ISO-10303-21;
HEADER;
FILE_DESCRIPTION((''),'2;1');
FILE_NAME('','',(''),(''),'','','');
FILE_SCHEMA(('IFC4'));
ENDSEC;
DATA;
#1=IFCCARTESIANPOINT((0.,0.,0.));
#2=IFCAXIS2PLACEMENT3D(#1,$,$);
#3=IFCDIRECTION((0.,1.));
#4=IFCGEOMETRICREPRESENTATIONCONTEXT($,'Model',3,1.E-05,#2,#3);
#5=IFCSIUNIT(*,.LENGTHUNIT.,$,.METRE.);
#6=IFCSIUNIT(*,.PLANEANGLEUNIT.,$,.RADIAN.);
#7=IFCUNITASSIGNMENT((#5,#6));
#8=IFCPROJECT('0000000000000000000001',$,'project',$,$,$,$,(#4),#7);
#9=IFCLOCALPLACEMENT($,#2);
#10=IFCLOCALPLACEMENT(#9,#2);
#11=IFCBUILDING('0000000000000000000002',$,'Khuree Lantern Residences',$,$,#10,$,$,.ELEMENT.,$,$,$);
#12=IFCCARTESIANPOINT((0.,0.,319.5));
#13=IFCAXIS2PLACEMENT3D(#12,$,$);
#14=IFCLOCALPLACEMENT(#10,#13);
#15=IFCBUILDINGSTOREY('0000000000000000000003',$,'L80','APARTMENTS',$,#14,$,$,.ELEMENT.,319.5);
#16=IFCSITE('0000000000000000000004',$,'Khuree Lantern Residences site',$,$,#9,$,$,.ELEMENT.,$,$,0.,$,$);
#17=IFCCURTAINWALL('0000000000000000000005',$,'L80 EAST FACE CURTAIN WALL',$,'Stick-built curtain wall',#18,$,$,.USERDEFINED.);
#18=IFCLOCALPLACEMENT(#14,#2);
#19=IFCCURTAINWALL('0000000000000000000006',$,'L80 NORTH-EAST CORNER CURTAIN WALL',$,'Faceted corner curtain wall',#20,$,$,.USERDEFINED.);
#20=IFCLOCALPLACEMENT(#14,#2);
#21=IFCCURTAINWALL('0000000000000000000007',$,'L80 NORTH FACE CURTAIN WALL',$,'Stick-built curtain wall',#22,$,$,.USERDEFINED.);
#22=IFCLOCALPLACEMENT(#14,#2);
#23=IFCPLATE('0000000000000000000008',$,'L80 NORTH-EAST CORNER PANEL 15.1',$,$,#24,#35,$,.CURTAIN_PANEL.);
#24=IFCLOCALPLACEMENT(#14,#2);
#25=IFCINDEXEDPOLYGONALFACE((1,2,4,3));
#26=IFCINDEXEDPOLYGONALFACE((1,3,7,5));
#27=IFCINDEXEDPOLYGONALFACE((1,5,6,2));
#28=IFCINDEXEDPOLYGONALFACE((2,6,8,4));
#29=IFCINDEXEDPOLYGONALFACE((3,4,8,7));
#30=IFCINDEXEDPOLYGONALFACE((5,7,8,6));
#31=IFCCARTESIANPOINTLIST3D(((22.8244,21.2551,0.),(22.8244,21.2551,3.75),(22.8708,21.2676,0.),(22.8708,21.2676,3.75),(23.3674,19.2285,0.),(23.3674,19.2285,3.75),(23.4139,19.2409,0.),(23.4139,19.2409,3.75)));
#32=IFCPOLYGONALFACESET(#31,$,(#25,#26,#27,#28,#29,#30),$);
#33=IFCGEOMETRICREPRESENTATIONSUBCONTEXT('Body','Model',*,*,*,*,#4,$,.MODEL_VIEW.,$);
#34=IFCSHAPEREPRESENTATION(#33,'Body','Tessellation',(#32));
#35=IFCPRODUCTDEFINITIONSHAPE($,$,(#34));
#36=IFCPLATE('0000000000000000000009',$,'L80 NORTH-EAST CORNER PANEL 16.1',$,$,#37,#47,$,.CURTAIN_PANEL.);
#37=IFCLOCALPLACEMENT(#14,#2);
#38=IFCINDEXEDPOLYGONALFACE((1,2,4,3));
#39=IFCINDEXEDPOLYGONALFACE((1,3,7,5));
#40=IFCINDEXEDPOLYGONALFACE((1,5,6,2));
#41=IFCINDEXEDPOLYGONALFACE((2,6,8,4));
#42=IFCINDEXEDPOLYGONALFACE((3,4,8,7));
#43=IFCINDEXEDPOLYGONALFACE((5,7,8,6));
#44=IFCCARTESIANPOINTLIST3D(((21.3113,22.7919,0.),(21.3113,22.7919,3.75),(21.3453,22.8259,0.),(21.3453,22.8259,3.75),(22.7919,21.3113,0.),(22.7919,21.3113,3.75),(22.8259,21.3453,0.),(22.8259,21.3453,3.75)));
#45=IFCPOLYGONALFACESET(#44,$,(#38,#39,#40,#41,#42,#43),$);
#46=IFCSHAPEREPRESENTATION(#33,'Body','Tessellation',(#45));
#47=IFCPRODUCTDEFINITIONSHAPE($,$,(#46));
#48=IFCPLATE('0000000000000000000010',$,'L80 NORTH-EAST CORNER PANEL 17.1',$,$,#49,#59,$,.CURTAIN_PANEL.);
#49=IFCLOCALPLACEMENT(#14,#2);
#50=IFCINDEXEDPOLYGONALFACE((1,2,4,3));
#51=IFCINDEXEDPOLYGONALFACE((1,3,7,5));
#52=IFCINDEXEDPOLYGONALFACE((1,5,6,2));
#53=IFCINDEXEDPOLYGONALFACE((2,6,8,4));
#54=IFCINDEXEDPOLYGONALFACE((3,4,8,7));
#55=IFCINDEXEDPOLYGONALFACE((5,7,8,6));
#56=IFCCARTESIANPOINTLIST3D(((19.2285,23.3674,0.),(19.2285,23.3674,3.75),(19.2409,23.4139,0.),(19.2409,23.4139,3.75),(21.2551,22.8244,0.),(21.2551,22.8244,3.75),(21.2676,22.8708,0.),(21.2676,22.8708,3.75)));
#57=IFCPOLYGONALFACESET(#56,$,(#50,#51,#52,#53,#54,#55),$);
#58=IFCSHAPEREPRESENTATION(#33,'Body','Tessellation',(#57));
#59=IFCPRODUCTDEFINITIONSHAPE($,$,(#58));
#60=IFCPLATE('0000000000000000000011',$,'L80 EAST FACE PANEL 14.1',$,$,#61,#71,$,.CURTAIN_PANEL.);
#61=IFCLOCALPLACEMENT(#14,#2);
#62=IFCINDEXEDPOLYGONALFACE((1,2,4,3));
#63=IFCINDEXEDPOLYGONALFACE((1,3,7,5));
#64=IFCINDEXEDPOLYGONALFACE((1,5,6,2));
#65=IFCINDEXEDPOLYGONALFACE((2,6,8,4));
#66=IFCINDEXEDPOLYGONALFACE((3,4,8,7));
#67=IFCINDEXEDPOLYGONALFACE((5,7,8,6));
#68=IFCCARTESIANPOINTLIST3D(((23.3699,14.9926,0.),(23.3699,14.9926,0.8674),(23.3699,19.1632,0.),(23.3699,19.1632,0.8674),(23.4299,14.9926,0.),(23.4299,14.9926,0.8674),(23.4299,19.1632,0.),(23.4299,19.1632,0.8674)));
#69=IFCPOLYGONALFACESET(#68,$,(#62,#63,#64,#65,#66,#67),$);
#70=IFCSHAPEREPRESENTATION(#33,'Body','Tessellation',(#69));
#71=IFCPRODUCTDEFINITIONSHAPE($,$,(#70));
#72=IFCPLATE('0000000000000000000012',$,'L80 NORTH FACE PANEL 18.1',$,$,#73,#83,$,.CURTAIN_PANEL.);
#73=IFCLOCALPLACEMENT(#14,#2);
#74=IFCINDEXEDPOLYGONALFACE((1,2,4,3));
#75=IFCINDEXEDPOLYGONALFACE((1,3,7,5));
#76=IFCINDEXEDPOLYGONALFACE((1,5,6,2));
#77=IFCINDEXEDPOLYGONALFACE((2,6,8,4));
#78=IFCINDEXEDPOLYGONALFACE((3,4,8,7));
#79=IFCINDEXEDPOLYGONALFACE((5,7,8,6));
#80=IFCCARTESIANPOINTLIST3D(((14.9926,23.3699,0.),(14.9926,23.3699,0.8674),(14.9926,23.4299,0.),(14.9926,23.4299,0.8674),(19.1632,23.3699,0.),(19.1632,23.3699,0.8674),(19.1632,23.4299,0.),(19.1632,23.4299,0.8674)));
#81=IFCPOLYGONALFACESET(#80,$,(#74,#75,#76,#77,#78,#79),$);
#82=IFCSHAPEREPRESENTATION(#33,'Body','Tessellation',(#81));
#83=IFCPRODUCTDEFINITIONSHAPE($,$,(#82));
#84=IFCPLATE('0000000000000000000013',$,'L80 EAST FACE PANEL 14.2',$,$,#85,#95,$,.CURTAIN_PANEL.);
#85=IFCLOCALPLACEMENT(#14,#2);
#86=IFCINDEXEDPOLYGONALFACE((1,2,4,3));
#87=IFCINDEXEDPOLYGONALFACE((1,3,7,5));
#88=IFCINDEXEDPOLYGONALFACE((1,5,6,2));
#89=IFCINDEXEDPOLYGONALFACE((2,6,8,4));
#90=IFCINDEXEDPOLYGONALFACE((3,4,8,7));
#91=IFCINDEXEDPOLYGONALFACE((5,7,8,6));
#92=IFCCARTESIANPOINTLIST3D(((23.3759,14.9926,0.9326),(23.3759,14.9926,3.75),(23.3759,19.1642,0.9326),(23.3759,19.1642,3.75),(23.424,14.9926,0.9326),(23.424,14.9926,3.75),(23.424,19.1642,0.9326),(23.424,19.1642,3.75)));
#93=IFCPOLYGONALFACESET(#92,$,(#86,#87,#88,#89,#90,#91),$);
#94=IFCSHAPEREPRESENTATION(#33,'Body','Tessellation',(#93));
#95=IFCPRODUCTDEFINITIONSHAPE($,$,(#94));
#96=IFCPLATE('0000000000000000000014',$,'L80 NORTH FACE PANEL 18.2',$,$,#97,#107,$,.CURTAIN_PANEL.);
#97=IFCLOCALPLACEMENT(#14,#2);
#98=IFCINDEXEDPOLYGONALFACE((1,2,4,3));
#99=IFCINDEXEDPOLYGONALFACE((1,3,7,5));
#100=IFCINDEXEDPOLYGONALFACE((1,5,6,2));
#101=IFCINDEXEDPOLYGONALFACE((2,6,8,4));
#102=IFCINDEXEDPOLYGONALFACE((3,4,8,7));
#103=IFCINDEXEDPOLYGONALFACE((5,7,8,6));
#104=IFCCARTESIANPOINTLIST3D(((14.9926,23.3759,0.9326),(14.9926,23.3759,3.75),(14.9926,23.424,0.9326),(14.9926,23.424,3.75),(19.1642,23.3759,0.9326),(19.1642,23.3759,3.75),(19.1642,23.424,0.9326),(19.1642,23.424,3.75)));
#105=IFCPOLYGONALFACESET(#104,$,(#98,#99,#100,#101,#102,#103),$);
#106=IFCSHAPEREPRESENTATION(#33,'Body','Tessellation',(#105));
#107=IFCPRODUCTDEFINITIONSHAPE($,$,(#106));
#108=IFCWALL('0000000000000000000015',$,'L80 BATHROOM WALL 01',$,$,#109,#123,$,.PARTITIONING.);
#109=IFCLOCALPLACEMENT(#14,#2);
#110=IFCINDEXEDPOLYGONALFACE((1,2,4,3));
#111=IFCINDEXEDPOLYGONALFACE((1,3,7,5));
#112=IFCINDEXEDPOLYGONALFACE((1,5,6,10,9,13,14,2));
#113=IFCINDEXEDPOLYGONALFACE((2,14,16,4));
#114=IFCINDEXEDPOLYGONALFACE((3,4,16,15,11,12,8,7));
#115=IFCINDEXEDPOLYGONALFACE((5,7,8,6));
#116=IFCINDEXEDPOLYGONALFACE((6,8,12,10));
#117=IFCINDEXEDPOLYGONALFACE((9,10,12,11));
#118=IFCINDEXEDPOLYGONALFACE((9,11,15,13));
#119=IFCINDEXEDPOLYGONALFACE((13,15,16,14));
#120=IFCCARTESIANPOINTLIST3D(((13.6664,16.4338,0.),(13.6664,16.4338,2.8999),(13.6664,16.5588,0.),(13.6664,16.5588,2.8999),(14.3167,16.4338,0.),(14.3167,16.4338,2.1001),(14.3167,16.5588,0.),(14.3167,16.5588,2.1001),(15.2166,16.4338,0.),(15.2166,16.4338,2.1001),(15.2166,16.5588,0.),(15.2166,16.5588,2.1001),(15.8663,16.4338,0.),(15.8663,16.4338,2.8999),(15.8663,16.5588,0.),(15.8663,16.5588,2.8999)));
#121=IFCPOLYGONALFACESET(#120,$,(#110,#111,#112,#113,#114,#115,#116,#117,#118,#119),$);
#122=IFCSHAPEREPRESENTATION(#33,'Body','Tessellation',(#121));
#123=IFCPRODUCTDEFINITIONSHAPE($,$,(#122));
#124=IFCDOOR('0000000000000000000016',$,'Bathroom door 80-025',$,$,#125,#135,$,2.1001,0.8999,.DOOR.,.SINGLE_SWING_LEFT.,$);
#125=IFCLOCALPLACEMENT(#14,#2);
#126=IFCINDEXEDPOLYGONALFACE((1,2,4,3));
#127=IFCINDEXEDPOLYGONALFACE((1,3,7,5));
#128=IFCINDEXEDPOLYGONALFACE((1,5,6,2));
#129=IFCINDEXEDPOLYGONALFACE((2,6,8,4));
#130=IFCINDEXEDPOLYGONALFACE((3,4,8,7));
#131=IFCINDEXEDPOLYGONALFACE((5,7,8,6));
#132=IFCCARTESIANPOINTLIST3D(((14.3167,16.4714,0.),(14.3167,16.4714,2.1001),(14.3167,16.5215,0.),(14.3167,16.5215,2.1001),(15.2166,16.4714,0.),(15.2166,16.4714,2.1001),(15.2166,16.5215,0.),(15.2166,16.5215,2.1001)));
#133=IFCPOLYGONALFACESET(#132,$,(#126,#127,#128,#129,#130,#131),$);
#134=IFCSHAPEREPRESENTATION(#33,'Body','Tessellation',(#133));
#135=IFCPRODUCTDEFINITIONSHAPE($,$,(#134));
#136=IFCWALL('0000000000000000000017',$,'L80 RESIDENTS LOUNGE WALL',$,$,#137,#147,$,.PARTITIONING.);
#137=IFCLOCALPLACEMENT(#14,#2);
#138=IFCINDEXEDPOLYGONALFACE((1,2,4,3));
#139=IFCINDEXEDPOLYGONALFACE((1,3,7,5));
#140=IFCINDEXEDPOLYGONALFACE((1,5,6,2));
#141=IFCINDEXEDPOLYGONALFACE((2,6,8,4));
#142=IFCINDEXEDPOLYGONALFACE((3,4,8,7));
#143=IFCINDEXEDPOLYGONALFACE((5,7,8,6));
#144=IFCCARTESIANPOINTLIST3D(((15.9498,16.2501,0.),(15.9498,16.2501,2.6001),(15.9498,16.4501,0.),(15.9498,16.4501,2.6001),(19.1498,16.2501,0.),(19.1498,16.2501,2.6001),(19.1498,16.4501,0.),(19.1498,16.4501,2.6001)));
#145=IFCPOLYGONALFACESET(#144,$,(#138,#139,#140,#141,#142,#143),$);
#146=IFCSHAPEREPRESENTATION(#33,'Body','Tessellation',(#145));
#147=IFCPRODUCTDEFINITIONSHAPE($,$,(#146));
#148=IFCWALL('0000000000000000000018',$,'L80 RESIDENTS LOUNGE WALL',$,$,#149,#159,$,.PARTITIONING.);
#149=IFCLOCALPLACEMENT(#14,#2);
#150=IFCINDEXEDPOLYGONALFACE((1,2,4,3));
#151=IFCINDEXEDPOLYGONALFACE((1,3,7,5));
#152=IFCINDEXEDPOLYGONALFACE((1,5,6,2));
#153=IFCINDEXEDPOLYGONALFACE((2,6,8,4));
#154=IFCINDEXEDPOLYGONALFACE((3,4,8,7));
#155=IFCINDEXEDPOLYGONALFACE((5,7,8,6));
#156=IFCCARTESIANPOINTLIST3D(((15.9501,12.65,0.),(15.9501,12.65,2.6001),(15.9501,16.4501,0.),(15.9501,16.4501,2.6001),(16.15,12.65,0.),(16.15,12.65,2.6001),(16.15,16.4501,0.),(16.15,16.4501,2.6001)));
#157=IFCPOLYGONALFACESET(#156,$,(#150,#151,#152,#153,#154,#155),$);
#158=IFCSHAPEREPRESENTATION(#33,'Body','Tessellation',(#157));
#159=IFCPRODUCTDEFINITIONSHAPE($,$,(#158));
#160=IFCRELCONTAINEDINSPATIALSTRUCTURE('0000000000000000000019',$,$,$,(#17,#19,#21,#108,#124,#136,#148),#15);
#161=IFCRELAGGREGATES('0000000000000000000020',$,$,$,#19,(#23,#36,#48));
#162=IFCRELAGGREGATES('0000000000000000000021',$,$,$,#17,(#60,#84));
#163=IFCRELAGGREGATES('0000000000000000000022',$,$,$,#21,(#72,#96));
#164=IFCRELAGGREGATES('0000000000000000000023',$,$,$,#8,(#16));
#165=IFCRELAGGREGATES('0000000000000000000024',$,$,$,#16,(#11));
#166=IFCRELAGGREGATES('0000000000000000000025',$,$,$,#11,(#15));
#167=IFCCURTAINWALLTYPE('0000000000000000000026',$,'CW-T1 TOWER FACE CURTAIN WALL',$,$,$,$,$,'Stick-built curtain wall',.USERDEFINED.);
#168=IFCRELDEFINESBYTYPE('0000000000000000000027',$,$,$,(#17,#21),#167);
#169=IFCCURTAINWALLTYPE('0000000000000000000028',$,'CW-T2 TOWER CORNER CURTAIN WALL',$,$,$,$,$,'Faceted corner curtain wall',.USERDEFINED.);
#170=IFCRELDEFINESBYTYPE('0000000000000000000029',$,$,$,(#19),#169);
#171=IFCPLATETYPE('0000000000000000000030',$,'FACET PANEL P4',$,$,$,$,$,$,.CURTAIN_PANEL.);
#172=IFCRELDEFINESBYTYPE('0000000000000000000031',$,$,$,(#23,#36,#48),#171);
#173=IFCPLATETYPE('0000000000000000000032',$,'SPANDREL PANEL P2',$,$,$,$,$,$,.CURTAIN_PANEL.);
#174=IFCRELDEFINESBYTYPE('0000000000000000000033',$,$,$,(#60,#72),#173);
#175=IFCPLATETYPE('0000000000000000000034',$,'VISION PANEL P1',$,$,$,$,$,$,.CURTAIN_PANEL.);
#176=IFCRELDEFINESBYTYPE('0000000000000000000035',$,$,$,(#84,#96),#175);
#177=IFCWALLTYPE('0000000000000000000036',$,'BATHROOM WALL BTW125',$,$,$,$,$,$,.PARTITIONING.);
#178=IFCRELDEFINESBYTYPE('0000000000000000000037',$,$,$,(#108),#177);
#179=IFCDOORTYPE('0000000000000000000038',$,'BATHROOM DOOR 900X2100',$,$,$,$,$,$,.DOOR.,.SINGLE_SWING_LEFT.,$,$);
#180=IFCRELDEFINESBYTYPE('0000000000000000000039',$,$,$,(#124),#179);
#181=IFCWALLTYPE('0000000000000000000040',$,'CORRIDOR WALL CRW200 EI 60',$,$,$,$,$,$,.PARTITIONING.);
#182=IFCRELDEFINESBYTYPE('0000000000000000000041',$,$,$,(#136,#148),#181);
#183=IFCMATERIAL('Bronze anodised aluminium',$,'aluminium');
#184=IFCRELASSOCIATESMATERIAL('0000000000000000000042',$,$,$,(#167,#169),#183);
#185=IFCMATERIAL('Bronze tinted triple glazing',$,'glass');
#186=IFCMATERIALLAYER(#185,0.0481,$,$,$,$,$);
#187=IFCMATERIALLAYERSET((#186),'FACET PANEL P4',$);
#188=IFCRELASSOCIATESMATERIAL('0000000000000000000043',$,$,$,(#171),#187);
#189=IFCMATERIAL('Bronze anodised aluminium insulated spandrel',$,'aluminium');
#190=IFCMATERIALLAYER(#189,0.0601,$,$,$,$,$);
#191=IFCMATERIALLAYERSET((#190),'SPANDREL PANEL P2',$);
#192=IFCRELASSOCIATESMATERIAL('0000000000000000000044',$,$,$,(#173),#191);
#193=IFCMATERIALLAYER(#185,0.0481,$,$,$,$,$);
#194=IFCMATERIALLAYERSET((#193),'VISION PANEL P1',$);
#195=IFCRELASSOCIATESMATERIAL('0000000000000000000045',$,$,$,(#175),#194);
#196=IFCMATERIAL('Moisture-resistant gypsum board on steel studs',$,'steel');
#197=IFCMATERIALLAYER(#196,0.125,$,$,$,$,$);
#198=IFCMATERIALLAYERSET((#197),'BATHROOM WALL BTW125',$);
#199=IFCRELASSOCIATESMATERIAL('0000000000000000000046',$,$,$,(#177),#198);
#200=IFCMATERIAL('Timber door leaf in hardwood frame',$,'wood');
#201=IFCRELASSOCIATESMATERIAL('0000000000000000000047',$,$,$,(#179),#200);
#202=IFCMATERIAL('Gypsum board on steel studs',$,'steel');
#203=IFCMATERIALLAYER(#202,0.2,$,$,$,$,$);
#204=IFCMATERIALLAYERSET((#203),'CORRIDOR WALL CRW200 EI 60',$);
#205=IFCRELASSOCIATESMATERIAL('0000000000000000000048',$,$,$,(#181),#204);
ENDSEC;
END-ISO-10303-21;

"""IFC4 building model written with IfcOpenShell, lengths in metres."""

from ifc_helpers import new_model, si_unit, direction, frame, frame_2d, origin, origin_2d, place, context, subcontext, project, spatial, rectangle, extrude, material, layer, layer_set, type_object, element, fill, aggregate, save


model = new_model("IFC4")

# Units and contexts
model_context = context("Model", 3, precision=1e-05, world=origin(), true_north=direction((0.0, 1.0)))
body_context = subcontext(model_context, "Body", "Model", "MODEL_VIEW")
ifc_project = project(units=[si_unit("LENGTHUNIT", "METRE"), si_unit("PLANEANGLEUNIT", "RADIAN")], contexts=[model_context])

# Site, building, storey
site_placement = place(None, origin())
site = spatial("IfcSite", under=ifc_project, at=site_placement, Name="Khuree Lantern Residences site", CompositionType="ELEMENT", RefElevation=0.0)
building_placement = place(site_placement, origin())
building = spatial("IfcBuilding", under=site, at=building_placement, Name="Khuree Lantern Residences", CompositionType="ELEMENT")
storey_placement = place(building_placement, frame((0.0, 0.0, 319.5)))
storey = spatial("IfcBuildingStorey", under=building, at=storey_placement, Name="L80", Description="APARTMENTS", CompositionType="ELEMENT", Elevation=319.5)

# Curtain walls
ifc_material_1 = material(Name="Bronze anodised aluminium", Category="aluminium")
curtain_wall_type_1 = type_object("IfcCurtainWallType", Name="CW-T1 TOWER FACE CURTAIN WALL", ElementType="Stick-built curtain wall", PredefinedType="USERDEFINED", material=ifc_material_1)
curtain_wall_1_placement = place(storey_placement, origin())
curtain_wall_1 = element("IfcCurtainWall", 1, at=curtain_wall_1_placement, inside=storey, type_object=curtain_wall_type_1, Name="L80 EAST FACE CURTAIN WALL", ObjectType="Stick-built curtain wall", PredefinedType="USERDEFINED")
curtain_wall_type_2 = type_object("IfcCurtainWallType", Name="CW-T2 TOWER CORNER CURTAIN WALL", ElementType="Faceted corner curtain wall", PredefinedType="USERDEFINED", material=ifc_material_1)
curtain_wall_2_placement = place(storey_placement, origin())
curtain_wall_2 = element("IfcCurtainWall", 2, at=curtain_wall_2_placement, inside=storey, type_object=curtain_wall_type_2, Name="L80 NORTH-EAST CORNER CURTAIN WALL", ObjectType="Faceted corner curtain wall", PredefinedType="USERDEFINED")

# Curtain wall
curtain_wall_3_placement = place(storey_placement, origin())
curtain_wall_3 = element("IfcCurtainWall", 3, at=curtain_wall_3_placement, inside=storey, type_object=curtain_wall_type_1, Name="L80 NORTH FACE CURTAIN WALL", ObjectType="Stick-built curtain wall", PredefinedType="USERDEFINED")

# Plates
ifc_material_2 = material(Name="Bronze tinted triple glazing", Category="glass")
ifc_layer_1 = layer(ifc_material_2, 0.0481)
ifc_layer_set_1 = layer_set([ifc_layer_1], Name="FACET PANEL P4")
plate_type_1 = type_object("IfcPlateType", Name="FACET PANEL P4", PredefinedType="CURTAIN_PANEL", material=ifc_layer_set_1)
plate_1_placement = place(storey_placement, frame((23.1191, 20.248, 0.0), z_axis=(0.0, 0.0, 1.0), x_axis=(-0.258819, 0.965926, 0.0)))
plate_1 = element("IfcPlate", 4, at=plate_1_placement, type_object=plate_type_1, Name="L80 NORTH-EAST CORNER PANEL 15.1", PredefinedType="CURTAIN_PANEL", context=body_context, shape_type="SweptSolid", body=[
    extrude(rectangle(XDim=2.0981, YDim=0.0481, at=origin_2d()), origin(), (0.0, 0.0, 1.0), 3.75),
])
plate_2_placement = place(storey_placement, frame((22.0686, 22.0686, 0.0), z_axis=(0.0, 0.0, 1.0), x_axis=(-0.707107, 0.707107, 0.0)))
plate_2 = element("IfcPlate", 5, at=plate_2_placement, type_object=plate_type_1, Name="L80 NORTH-EAST CORNER PANEL 16.1", PredefinedType="CURTAIN_PANEL", context=body_context, shape_type="SweptSolid", body=[
    extrude(rectangle(XDim=2.094, YDim=0.0481, at=origin_2d()), origin(), (0.0, 0.0, 1.0), 3.75),
])
plate_3_placement = place(storey_placement, frame((20.248, 23.1191, 0.0), z_axis=(0.0, 0.0, 1.0), x_axis=(-0.965926, 0.258819, 0.0)))
plate_3 = element("IfcPlate", 6, at=plate_3_placement, type_object=plate_type_1, Name="L80 NORTH-EAST CORNER PANEL 17.1", PredefinedType="CURTAIN_PANEL", context=body_context, shape_type="SweptSolid", body=[
    extrude(rectangle(XDim=2.0981, YDim=0.0481, at=origin_2d()), origin(), (0.0, 0.0, 1.0), 3.75),
])
aggregate(curtain_wall_2, [plate_1, plate_2, plate_3])
ifc_material_3 = material(Name="Bronze anodised aluminium insulated spandrel", Category="aluminium")
ifc_layer_2 = layer(ifc_material_3, 0.0601)
ifc_layer_set_2 = layer_set([ifc_layer_2], Name="SPANDREL PANEL P2")
plate_type_2 = type_object("IfcPlateType", Name="SPANDREL PANEL P2", PredefinedType="CURTAIN_PANEL", material=ifc_layer_set_2)
plate_4_placement = place(storey_placement, frame((23.3999, 17.0779, 0.0), z_axis=(0.0, 0.0, 1.0), x_axis=(0.0, 1.0, 0.0)))
plate_4 = element("IfcPlate", 7, at=plate_4_placement, type_object=plate_type_2, Name="L80 EAST FACE PANEL 14.1", PredefinedType="CURTAIN_PANEL", context=body_context, shape_type="SweptSolid", body=[
    extrude(rectangle(XDim=4.1707, YDim=0.0601, at=origin_2d()), origin(), (0.0, 0.0, 1.0), 0.8674),
])
plate_5_placement = place(storey_placement, frame((17.0779, 23.3999, 0.0), z_axis=(0.0, 0.0, 1.0), x_axis=(-1.0, 0.0, 0.0)))
plate_5 = element("IfcPlate", 8, at=plate_5_placement, type_object=plate_type_2, Name="L80 NORTH FACE PANEL 18.1", PredefinedType="CURTAIN_PANEL", context=body_context, shape_type="SweptSolid", body=[
    extrude(rectangle(XDim=4.1707, YDim=0.0601, at=origin_2d()), origin(), (0.0, 0.0, 1.0), 0.8674),
])
ifc_layer_3 = layer(ifc_material_2, 0.0481)
ifc_layer_set_3 = layer_set([ifc_layer_3], Name="VISION PANEL P1")
plate_type_3 = type_object("IfcPlateType", Name="VISION PANEL P1", PredefinedType="CURTAIN_PANEL", material=ifc_layer_set_3)
plate_6_placement = place(storey_placement, frame((23.3999, 17.0784, 0.9326), z_axis=(0.0, 0.0, 1.0), x_axis=(0.0, 1.0, 0.0)))
plate_6 = element("IfcPlate", 9, at=plate_6_placement, type_object=plate_type_3, Name="L80 EAST FACE PANEL 14.2", PredefinedType="CURTAIN_PANEL", context=body_context, shape_type="SweptSolid", body=[
    extrude(rectangle(XDim=4.1716, YDim=0.0481, at=origin_2d()), origin(), (0.0, 0.0, 1.0), 2.8174),
])
aggregate(curtain_wall_1, [plate_4, plate_6])
plate_7_placement = place(storey_placement, frame((17.0784, 23.3999, 0.9326), z_axis=(0.0, 0.0, 1.0), x_axis=(-1.0, 0.0, 0.0)))
plate_7 = element("IfcPlate", 10, at=plate_7_placement, type_object=plate_type_3, Name="L80 NORTH FACE PANEL 18.2", PredefinedType="CURTAIN_PANEL", context=body_context, shape_type="SweptSolid", body=[
    extrude(rectangle(XDim=4.1716, YDim=0.0481, at=origin_2d()), origin(), (0.0, 0.0, 1.0), 2.8174),
])
aggregate(curtain_wall_3, [plate_5, plate_7])

# Wall, opening, door
ifc_material_4 = material(Name="Moisture-resistant gypsum board on steel studs", Category="steel")
ifc_layer_4 = layer(ifc_material_4, 0.125)
ifc_layer_set_4 = layer_set([ifc_layer_4], Name="BATHROOM WALL BTW125")
wall_type_1 = type_object("IfcWallType", Name="BATHROOM WALL BTW125", PredefinedType="PARTITIONING", material=ifc_layer_set_4)
wall_1_placement = place(storey_placement, frame((15.8665, 16.4963, 0.0), z_axis=(0.0, 0.0, 1.0), x_axis=(-1.0, 0.0, 0.0)))
wall_1 = element("IfcWall", 11, at=wall_1_placement, inside=storey, type_object=wall_type_1, Name="L80 BATHROOM WALL 01", PredefinedType="PARTITIONING", context=body_context, shape_type="SweptSolid", body=[
    extrude(rectangle(XDim=2.2, YDim=0.125, at=frame_2d((1.1001, 0.0))), origin(), (0.0, 0.0, 1.0), 2.8999),
])
opening_placement = place(wall_1_placement, frame((0.6499, 0.0, 0.0)))
opening = element("IfcOpeningElement", 12, at=opening_placement, cuts=wall_1, PredefinedType="OPENING", context=body_context, shape_type="SweptSolid", body=[
    extrude(rectangle(XDim=0.8999, YDim=2.1001, at=frame_2d((0.45, 1.05))), frame((0.0, 0.0725, 0.0), z_axis=(0.0, -1.0, 0.0), x_axis=(1.0, 0.0, 0.0)), (0.0, 0.0, 1.0), 0.145),
])
ifc_material_5 = material(Name="Timber door leaf in hardwood frame", Category="wood")
door_type = type_object("IfcDoorType", Name="BATHROOM DOOR 900X2100", OperationType="SINGLE_SWING_LEFT", PredefinedType="DOOR", material=ifc_material_5)
door_placement = place(opening_placement, origin())
door = element("IfcDoor", 13, at=door_placement, inside=storey, type_object=door_type, Name="Bathroom door 80-025", OperationType="SINGLE_SWING_LEFT", OverallHeight=2.1001, OverallWidth=0.8999, PredefinedType="DOOR", context=body_context, shape_type="SweptSolid", body=[
    extrude(rectangle(XDim=0.8999, YDim=2.1001, at=frame_2d((0.45, 1.05))), frame((0.0, 0.0249, 0.0), z_axis=(0.0, -1.0, 0.0), x_axis=(1.0, 0.0, 0.0)), (0.0, 0.0, 1.0), 0.05),
])
fill(opening, door)

# Walls
ifc_material_6 = material(Name="Gypsum board on steel studs", Category="steel")
ifc_layer_5 = layer(ifc_material_6, 0.2)
ifc_layer_set_5 = layer_set([ifc_layer_5], Name="CORRIDOR WALL CRW200 EI 60")
wall_type_2 = type_object("IfcWallType", Name="CORRIDOR WALL CRW200 EI 60", PredefinedType="PARTITIONING", material=ifc_layer_set_5)
wall_2_placement = place(storey_placement, frame((19.1499, 16.3501, 0.0), z_axis=(0.0, 0.0, 1.0), x_axis=(-1.0, 0.0, 0.0)))
element("IfcWall", 14, at=wall_2_placement, inside=storey, type_object=wall_type_2, Name="L80 RESIDENTS LOUNGE WALL", PredefinedType="PARTITIONING", context=body_context, shape_type="SweptSolid", body=[
    extrude(rectangle(XDim=3.2, YDim=0.2, at=frame_2d((1.6001, 0.0))), origin(), (0.0, 0.0, 1.0), 2.6001),
])
wall_3_placement = place(storey_placement, frame((16.05, 16.45, 0.0), z_axis=(0.0, 0.0, 1.0), x_axis=(0.0, -1.0, 0.0)))
element("IfcWall", 15, at=wall_3_placement, inside=storey, type_object=wall_type_2, Name="L80 RESIDENTS LOUNGE WALL", PredefinedType="PARTITIONING", context=body_context, shape_type="SweptSolid", body=[
    extrude(rectangle(XDim=3.8, YDim=0.2, at=frame_2d((1.8999, 0.0))), origin(), (0.0, 0.0, 1.0), 2.6001),
])

save(model, "model.ifc")
